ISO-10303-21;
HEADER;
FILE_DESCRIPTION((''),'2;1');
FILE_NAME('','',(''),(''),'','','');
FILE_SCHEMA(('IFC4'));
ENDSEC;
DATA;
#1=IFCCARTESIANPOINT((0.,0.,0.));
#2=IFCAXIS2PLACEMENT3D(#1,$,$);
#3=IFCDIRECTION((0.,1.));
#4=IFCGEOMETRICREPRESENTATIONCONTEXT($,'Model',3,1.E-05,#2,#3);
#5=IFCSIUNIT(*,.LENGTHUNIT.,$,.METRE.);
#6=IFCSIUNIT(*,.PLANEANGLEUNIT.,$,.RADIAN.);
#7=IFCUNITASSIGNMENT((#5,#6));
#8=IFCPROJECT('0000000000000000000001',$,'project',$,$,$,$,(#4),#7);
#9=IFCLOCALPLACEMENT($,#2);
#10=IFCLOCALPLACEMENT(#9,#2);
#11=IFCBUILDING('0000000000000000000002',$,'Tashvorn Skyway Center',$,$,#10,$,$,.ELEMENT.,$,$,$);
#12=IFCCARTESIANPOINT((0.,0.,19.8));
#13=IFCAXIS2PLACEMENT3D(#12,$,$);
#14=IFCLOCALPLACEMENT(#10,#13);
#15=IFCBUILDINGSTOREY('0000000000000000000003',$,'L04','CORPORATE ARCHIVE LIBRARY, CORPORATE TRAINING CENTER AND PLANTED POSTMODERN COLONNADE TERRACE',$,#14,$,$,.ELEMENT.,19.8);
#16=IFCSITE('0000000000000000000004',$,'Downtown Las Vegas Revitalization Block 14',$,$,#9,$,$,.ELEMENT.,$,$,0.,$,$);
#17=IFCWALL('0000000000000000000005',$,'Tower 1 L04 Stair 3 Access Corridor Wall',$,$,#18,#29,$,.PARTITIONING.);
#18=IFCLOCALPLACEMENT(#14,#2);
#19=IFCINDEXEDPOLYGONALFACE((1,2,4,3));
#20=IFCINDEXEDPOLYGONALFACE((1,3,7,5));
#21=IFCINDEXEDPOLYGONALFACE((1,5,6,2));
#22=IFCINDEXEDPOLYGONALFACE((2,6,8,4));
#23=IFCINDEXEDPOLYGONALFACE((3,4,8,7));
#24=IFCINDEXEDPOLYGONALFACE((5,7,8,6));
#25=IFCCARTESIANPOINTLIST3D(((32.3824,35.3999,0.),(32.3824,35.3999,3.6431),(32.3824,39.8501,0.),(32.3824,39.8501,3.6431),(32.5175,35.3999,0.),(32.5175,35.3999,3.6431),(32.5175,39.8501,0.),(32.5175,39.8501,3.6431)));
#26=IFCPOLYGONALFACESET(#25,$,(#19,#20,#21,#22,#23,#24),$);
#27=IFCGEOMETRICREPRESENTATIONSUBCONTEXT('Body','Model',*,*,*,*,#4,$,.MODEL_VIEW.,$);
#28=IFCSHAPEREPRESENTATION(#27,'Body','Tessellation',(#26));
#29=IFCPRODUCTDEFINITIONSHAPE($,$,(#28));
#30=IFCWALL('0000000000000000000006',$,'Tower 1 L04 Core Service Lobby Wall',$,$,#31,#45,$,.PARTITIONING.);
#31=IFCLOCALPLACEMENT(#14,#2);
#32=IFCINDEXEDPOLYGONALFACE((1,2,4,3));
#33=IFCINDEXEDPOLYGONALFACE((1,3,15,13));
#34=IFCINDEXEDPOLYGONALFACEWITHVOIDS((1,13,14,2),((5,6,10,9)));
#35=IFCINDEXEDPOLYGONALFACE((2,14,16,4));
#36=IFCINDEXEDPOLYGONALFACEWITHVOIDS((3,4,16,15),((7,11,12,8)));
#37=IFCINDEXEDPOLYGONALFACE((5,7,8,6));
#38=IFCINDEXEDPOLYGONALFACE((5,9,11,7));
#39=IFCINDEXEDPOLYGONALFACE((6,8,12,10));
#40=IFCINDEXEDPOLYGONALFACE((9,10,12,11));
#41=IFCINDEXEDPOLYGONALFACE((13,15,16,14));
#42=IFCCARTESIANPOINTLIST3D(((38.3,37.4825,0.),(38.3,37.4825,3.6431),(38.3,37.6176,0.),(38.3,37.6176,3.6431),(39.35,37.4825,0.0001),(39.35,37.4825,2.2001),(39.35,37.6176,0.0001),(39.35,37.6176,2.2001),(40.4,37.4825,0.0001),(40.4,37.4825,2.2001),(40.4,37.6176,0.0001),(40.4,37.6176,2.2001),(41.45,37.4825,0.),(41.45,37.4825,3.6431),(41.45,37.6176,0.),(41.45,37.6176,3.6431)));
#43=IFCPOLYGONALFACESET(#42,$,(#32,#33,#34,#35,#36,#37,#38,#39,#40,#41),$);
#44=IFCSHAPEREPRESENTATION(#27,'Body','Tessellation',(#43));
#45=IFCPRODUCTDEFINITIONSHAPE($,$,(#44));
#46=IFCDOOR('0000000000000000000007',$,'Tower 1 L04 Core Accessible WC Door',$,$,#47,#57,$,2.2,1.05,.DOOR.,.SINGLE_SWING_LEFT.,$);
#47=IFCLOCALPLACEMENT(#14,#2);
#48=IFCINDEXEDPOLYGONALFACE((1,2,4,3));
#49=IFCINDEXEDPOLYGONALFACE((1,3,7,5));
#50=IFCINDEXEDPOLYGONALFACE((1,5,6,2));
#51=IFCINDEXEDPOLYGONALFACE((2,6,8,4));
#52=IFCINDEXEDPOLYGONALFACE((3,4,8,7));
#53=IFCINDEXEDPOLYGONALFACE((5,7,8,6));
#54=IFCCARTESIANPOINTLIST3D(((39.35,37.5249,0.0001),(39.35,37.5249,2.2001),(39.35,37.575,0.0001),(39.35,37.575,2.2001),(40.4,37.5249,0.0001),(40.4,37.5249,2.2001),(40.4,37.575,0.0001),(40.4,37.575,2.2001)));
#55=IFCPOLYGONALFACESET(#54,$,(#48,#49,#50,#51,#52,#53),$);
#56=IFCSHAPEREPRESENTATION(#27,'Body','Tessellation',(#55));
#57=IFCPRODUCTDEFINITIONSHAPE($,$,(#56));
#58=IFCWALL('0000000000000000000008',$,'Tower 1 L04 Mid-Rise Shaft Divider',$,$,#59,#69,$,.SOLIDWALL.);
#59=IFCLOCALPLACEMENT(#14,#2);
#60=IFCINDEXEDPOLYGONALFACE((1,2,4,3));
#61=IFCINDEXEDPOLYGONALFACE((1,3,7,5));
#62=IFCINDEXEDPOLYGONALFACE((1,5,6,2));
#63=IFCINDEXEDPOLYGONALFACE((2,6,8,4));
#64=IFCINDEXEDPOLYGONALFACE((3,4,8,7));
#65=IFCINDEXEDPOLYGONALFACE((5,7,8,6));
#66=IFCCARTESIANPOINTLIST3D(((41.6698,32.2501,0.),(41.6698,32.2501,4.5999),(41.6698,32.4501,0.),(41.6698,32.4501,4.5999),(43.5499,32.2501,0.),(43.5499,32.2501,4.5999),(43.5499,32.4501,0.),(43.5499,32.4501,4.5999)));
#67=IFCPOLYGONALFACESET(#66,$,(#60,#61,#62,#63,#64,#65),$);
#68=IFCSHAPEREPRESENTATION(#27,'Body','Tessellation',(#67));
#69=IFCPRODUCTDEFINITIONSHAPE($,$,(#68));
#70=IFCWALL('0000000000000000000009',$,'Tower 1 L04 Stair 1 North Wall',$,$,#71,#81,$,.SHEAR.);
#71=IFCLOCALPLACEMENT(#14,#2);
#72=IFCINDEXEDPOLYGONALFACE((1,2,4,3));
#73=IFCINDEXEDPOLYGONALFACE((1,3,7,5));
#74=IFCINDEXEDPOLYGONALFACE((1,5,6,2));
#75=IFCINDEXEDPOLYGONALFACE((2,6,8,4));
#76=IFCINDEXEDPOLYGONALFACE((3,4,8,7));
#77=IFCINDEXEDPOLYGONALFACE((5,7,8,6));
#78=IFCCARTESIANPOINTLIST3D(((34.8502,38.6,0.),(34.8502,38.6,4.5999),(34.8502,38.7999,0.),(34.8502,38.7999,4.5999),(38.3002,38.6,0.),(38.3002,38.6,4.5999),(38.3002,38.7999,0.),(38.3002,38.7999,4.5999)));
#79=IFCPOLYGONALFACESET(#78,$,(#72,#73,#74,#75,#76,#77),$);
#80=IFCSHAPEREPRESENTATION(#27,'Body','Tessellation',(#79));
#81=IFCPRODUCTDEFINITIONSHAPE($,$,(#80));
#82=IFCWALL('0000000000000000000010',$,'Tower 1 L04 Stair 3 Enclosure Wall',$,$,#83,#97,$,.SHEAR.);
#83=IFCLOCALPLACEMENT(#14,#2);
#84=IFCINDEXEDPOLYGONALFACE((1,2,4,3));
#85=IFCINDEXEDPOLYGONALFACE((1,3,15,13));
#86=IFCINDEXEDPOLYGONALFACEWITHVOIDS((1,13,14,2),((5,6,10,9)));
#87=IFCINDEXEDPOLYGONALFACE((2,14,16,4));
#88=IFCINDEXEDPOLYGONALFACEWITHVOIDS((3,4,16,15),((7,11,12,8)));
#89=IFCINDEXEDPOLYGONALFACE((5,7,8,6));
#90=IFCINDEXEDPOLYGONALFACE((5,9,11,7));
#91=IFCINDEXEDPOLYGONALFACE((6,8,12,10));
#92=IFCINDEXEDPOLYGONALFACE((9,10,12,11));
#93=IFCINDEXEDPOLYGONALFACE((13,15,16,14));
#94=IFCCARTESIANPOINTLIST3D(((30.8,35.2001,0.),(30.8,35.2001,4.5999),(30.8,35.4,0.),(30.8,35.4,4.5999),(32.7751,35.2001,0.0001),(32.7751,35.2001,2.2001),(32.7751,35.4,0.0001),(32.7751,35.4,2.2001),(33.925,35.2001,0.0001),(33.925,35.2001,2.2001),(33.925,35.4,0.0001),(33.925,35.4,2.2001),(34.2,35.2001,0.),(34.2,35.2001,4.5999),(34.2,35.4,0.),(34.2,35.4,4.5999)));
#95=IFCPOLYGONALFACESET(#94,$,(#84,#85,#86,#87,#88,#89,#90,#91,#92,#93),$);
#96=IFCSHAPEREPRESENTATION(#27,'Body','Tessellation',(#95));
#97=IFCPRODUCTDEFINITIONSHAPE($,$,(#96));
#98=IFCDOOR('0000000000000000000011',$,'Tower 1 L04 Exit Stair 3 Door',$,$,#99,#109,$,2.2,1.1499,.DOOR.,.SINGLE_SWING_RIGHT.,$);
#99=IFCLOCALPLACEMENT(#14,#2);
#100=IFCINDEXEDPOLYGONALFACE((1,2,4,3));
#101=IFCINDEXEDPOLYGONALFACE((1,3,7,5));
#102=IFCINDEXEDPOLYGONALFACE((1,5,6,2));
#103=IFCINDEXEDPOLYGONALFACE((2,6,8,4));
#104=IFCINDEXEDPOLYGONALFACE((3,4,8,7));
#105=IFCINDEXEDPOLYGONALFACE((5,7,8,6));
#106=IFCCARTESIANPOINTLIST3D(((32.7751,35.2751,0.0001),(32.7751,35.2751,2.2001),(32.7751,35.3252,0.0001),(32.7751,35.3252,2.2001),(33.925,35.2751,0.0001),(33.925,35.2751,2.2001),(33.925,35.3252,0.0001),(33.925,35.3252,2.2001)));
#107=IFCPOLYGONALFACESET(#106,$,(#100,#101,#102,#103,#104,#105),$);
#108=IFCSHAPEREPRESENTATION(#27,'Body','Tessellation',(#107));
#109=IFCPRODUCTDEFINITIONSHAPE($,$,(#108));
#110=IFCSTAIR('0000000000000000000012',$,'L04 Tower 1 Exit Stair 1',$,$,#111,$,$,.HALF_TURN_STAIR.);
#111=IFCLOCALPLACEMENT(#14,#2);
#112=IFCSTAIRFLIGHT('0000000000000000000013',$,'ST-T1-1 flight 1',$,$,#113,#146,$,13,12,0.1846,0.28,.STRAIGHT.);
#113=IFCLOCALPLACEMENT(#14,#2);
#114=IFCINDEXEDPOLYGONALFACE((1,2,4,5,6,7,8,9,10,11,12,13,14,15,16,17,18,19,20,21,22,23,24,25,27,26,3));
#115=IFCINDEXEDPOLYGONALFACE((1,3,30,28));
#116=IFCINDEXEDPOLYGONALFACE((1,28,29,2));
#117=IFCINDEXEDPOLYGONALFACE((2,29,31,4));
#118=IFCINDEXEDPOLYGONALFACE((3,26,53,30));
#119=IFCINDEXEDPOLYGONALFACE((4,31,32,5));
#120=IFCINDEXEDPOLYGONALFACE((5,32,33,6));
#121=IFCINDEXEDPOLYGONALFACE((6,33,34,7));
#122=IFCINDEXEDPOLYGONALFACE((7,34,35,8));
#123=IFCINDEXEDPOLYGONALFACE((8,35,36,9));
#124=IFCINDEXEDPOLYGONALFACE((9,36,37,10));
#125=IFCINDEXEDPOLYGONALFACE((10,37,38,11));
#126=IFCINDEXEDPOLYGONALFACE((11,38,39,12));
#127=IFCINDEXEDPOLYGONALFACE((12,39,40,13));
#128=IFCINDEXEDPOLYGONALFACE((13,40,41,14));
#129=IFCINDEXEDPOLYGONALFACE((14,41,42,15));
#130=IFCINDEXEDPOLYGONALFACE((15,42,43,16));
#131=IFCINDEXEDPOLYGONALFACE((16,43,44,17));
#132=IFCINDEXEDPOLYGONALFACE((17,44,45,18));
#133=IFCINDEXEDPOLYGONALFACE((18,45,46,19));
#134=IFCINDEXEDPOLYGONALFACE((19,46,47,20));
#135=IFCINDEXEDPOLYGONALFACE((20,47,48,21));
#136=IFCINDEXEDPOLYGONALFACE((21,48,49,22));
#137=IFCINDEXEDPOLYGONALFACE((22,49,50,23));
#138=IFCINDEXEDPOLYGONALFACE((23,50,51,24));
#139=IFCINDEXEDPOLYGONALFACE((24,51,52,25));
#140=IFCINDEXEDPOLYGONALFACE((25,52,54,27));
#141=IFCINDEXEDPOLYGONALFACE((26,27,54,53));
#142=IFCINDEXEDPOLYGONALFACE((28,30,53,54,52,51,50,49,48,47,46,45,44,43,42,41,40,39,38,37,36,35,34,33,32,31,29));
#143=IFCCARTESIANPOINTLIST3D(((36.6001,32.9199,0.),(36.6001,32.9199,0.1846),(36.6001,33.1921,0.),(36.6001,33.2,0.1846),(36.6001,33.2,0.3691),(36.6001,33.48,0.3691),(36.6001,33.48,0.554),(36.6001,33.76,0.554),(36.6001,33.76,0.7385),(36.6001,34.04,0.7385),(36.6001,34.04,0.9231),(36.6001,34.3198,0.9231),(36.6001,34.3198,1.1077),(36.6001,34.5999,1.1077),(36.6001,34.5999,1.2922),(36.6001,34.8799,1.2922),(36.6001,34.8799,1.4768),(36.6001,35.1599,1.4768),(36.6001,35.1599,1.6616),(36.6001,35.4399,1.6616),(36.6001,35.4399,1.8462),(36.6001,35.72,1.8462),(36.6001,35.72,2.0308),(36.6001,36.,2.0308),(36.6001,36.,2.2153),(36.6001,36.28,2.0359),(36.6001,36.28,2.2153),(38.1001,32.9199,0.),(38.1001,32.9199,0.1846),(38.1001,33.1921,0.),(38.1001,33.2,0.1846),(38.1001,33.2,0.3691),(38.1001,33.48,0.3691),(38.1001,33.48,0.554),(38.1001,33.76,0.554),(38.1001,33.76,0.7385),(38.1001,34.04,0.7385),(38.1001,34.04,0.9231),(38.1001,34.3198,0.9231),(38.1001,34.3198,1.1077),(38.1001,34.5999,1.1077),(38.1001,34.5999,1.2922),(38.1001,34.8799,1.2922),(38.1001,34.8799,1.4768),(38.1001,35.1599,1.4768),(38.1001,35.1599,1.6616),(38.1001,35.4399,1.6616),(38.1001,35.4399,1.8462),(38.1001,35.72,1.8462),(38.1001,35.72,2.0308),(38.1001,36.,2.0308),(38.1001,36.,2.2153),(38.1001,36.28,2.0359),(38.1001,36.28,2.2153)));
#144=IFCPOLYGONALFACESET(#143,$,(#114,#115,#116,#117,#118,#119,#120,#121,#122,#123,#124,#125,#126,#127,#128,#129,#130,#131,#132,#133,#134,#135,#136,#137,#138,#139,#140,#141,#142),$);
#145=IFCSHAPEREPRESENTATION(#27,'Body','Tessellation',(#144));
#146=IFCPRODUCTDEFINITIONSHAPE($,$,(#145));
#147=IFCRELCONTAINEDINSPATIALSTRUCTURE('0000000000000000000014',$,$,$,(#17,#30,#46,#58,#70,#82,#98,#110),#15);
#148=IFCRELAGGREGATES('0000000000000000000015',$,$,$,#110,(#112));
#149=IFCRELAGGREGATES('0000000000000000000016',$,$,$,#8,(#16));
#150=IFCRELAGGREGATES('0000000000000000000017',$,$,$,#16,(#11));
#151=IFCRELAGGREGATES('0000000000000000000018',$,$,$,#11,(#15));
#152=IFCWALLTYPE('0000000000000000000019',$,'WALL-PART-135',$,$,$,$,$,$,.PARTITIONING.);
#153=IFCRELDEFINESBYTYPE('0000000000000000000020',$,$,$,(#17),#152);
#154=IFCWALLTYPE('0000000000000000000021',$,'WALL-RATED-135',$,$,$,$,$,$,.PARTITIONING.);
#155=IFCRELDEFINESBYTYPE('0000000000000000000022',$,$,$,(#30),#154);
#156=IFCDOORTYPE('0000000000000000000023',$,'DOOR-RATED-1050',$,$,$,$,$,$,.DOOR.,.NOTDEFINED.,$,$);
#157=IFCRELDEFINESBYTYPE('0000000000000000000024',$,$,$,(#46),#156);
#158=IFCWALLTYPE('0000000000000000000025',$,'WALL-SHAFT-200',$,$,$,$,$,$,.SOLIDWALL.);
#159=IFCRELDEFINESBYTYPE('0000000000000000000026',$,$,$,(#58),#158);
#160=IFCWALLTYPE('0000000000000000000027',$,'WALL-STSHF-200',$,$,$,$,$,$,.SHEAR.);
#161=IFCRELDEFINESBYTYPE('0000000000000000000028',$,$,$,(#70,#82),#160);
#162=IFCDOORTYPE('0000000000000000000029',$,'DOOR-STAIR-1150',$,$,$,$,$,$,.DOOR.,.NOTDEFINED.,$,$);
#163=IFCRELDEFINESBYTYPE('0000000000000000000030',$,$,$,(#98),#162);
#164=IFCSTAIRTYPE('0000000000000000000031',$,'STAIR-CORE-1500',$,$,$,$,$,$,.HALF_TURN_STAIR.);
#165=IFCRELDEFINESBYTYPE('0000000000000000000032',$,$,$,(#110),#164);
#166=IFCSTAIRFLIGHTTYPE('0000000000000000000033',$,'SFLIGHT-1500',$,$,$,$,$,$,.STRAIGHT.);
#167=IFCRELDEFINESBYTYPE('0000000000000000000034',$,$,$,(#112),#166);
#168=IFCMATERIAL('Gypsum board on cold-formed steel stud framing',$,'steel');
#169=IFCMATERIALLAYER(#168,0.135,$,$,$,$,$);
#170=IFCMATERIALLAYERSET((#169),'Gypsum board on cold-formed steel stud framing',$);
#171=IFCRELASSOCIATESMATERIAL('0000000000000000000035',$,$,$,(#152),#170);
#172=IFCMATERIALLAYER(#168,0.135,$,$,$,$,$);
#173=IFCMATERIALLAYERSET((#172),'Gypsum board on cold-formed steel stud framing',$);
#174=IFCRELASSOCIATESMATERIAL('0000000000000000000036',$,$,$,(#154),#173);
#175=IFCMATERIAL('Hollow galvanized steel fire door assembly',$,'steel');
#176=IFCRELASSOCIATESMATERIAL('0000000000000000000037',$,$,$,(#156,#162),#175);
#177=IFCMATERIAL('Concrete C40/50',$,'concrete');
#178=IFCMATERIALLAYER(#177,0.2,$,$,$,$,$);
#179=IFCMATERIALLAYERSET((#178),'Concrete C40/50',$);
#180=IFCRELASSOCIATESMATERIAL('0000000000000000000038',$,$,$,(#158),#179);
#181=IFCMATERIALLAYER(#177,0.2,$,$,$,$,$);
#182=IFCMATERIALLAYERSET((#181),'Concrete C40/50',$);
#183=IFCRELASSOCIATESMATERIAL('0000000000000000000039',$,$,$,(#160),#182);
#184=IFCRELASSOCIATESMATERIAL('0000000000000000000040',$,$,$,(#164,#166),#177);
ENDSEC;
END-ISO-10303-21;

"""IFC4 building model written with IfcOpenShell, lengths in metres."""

from ifc_helpers import new_model, si_unit, direction, frame, frame_2d, origin, place, context, subcontext, project, spatial, polyline, rectangle, outline, extrude, material, layer, layer_set, type_object, element, fill, aggregate, save


model = new_model("IFC4")

# Units and contexts
model_context = context("Model", 3, precision=1e-05, world=origin(), true_north=direction((0.0, 1.0)))
body_context = subcontext(model_context, "Body", "Model", "MODEL_VIEW")
ifc_project = project(units=[si_unit("LENGTHUNIT", "METRE"), si_unit("PLANEANGLEUNIT", "RADIAN")], contexts=[model_context])

# Site, building, storey
site_placement = place(None, origin())
site = spatial("IfcSite", under=ifc_project, at=site_placement, Name="Downtown Las Vegas Revitalization Block 14", CompositionType="ELEMENT", RefElevation=0.0)
building_placement = place(site_placement, origin())
building = spatial("IfcBuilding", under=site, at=building_placement, Name="Tashvorn Skyway Center", CompositionType="ELEMENT")
storey_placement = place(building_placement, frame((0.0, 0.0, 19.8)))
storey = spatial("IfcBuildingStorey", under=building, at=storey_placement, Name="L04", Description="CORPORATE ARCHIVE LIBRARY, CORPORATE TRAINING CENTER AND PLANTED POSTMODERN COLONNADE TERRACE", CompositionType="ELEMENT", Elevation=19.8)

# Shared definitions
ifc_material_1 = material(Name="Hollow galvanized steel fire door assembly", Category="steel")

# Wall
ifc_material_2 = material(Name="Concrete C40/50", Category="concrete")
ifc_material_3 = material(Name="Gypsum board on cold-formed steel stud framing", Category="steel")
ifc_layer_1 = layer(ifc_material_3, 0.135)
ifc_layer_set_1 = layer_set([ifc_layer_1], Name="Gypsum board on cold-formed steel stud framing")
wall_type_1 = type_object("IfcWallType", Name="WALL-PART-135", PredefinedType="PARTITIONING", material=ifc_layer_set_1)
wall_1_placement = place(storey_placement, frame((32.45, 35.3999, 0.0), z_axis=(0.0, 0.0, 1.0), x_axis=(0.0, 1.0, 0.0)))
element("IfcWall", 1, at=wall_1_placement, inside=storey, type_object=wall_type_1, Name="Tower 1 L04 Stair 3 Access Corridor Wall", PredefinedType="PARTITIONING", context=body_context, shape_type="SweptSolid", body=[
    extrude(rectangle(XDim=4.4502, YDim=0.135, at=frame_2d((2.2251, 0.0))), origin(), (0.0, 0.0, 1.0), 3.6431),
])

# Wall, opening, door
ifc_layer_2 = layer(ifc_material_3, 0.135)
ifc_layer_set_2 = layer_set([ifc_layer_2], Name="Gypsum board on cold-formed steel stud framing")
wall_type_2 = type_object("IfcWallType", Name="WALL-RATED-135", PredefinedType="PARTITIONING", material=ifc_layer_set_2)
wall_2_placement = place(storey_placement, frame((38.3, 37.55, 0.0), z_axis=(0.0, 0.0, 1.0), x_axis=(1.0, 0.0, 0.0)))
wall_2 = element("IfcWall", 2, at=wall_2_placement, inside=storey, type_object=wall_type_2, Name="Tower 1 L04 Core Service Lobby Wall", PredefinedType="PARTITIONING", context=body_context, shape_type="SweptSolid", body=[
    extrude(rectangle(XDim=3.1499, YDim=0.135, at=frame_2d((1.575, 0.0))), origin(), (0.0, 0.0, 1.0), 3.6431),
])
opening_1_placement = place(wall_2_placement, frame((1.05, 0.0, 0.0)))
opening_1 = element("IfcOpeningElement", 3, at=opening_1_placement, cuts=wall_2, PredefinedType="OPENING", context=body_context, shape_type="SweptSolid", body=[
    extrude(rectangle(XDim=1.05, YDim=2.2, at=frame_2d((0.5249, 1.1001))), frame((0.0, 0.0774, 0.0), z_axis=(0.0, -1.0, 0.0), x_axis=(1.0, 0.0, 0.0)), (0.0, 0.0, 1.0), 0.155),
])
door_type_1 = type_object("IfcDoorType", Name="DOOR-RATED-1050", OperationType="NOTDEFINED", PredefinedType="DOOR", material=ifc_material_1)
door_1_placement = place(opening_1_placement, origin())
door_1 = element("IfcDoor", 4, at=door_1_placement, inside=storey, type_object=door_type_1, Name="Tower 1 L04 Core Accessible WC Door", OperationType="SINGLE_SWING_LEFT", OverallHeight=2.2, OverallWidth=1.05, PredefinedType="DOOR", context=body_context, shape_type="SweptSolid", body=[
    extrude(rectangle(XDim=1.05, YDim=2.2, at=frame_2d((0.5249, 1.1001))), frame((0.0, 0.0249, 0.0), z_axis=(0.0, -1.0, 0.0), x_axis=(1.0, 0.0, 0.0)), (0.0, 0.0, 1.0), 0.05),
])
fill(opening_1, door_1)

# Walls
ifc_layer_3 = layer(ifc_material_2, 0.2)
ifc_layer_set_3 = layer_set([ifc_layer_3], Name="Concrete C40/50")
wall_type_3 = type_object("IfcWallType", Name="WALL-SHAFT-200", PredefinedType="SOLIDWALL", material=ifc_layer_set_3)
wall_3_placement = place(storey_placement, frame((41.6699, 32.3501, 0.0), z_axis=(0.0, 0.0, 1.0), x_axis=(1.0, 0.0, 0.0)))
element("IfcWall", 5, at=wall_3_placement, inside=storey, type_object=wall_type_3, Name="Tower 1 L04 Mid-Rise Shaft Divider", PredefinedType="SOLIDWALL", context=body_context, shape_type="SweptSolid", body=[
    extrude(rectangle(XDim=1.8801, YDim=0.2, at=frame_2d((0.9399, 0.0))), origin(), (0.0, 0.0, 1.0), 4.5999),
])
ifc_layer_4 = layer(ifc_material_2, 0.2)
ifc_layer_set_4 = layer_set([ifc_layer_4], Name="Concrete C40/50")
wall_type_4 = type_object("IfcWallType", Name="WALL-STSHF-200", PredefinedType="SHEAR", material=ifc_layer_set_4)
wall_4_placement = place(storey_placement, frame((34.8501, 38.7, 0.0), z_axis=(0.0, 0.0, 1.0), x_axis=(1.0, 0.0, 0.0)))
element("IfcWall", 6, at=wall_4_placement, inside=storey, type_object=wall_type_4, Name="Tower 1 L04 Stair 1 North Wall", PredefinedType="SHEAR", context=body_context, shape_type="SweptSolid", body=[
    extrude(rectangle(XDim=3.45, YDim=0.2, at=frame_2d((1.7251, 0.0))), origin(), (0.0, 0.0, 1.0), 4.5999),
])

# Wall, opening, door
wall_5_placement = place(storey_placement, frame((34.2, 35.3, 0.0), z_axis=(0.0, 0.0, 1.0), x_axis=(-1.0, 0.0, 0.0)))
wall_5 = element("IfcWall", 7, at=wall_5_placement, inside=storey, type_object=wall_type_4, Name="Tower 1 L04 Stair 3 Enclosure Wall", PredefinedType="SHEAR", context=body_context, shape_type="SweptSolid", body=[
    extrude(rectangle(XDim=3.3999, YDim=0.2, at=frame_2d((1.7, 0.0))), origin(), (0.0, 0.0, 1.0), 4.5999),
])
opening_2_placement = place(wall_5_placement, frame((0.2749, 0.0, 0.0)))
opening_2 = element("IfcOpeningElement", 8, at=opening_2_placement, cuts=wall_5, PredefinedType="OPENING", context=body_context, shape_type="SweptSolid", body=[
    extrude(rectangle(XDim=1.1499, YDim=2.2, at=frame_2d((0.575, 1.1001))), frame((0.0, 0.1099, 0.0), z_axis=(0.0, -1.0, 0.0), x_axis=(1.0, 0.0, 0.0)), (0.0, 0.0, 1.0), 0.22),
])
door_type_2 = type_object("IfcDoorType", Name="DOOR-STAIR-1150", OperationType="NOTDEFINED", PredefinedType="DOOR", material=ifc_material_1)
door_2_placement = place(opening_2_placement, origin())
door_2 = element("IfcDoor", 9, at=door_2_placement, inside=storey, type_object=door_type_2, Name="Tower 1 L04 Exit Stair 3 Door", OperationType="SINGLE_SWING_RIGHT", OverallHeight=2.2, OverallWidth=1.1499, PredefinedType="DOOR", context=body_context, shape_type="SweptSolid", body=[
    extrude(rectangle(XDim=1.1499, YDim=2.2, at=frame_2d((0.575, 1.1001))), frame((0.0, 0.0249, 0.0), z_axis=(0.0, -1.0, 0.0), x_axis=(1.0, 0.0, 0.0)), (0.0, 0.0, 1.0), 0.05),
])
fill(opening_2, door_2)

# Stair, stair flight
stair_type = type_object("IfcStairType", Name="STAIR-CORE-1500", PredefinedType="HALF_TURN_STAIR", material=ifc_material_2)
stair_1_placement = place(storey_placement, origin())
stair_1 = element("IfcStair", 10, at=stair_1_placement, inside=storey, type_object=stair_type, Name="L04 Tower 1 Exit Stair 1", PredefinedType="HALF_TURN_STAIR")
stair_flight_type = type_object("IfcStairFlightType", Name="SFLIGHT-1500", PredefinedType="STRAIGHT", material=ifc_material_2)
stair_flight_1_placement = place(storey_placement, frame((37.3501, 32.9199, 0.0), z_axis=(0.0, 0.0, 1.0), x_axis=(0.0, 1.0, 0.0)))
stair_flight_1 = element("IfcStairFlight", 11, at=stair_flight_1_placement, type_object=stair_flight_type, Name="ST-T1-1 flight 1", NumberOfRisers=13, NumberOfTreads=12, PredefinedType="STRAIGHT", RiserHeight=0.1846, TreadLength=0.28, context=body_context, shape_type="SweptSolid", body=[
    extrude(outline(polyline([(0.0, 0.0), (0.0, 0.1846), (0.28, 0.1846), (0.28, 0.3691), (0.5601, 0.3691), (0.5601, 0.554), (0.8401, 0.554), (0.8401, 0.7385), (1.1201, 0.7385), (1.1201, 0.9231), (1.3999, 0.9231), (1.3999, 1.1077), (1.6799, 1.1077), (1.6799, 1.2922), (1.96, 1.2922), (1.96, 1.4768), (2.24, 1.4768), (2.24, 1.6616), (2.52, 1.6616), (2.52, 1.8462), (2.8, 1.8462), (2.8, 2.0308), (3.0801, 2.0308), (3.0801, 2.2153), (3.3601, 2.2153), (3.3601, 2.3999), (3.3601, 2.0359), (0.2722, 0.0), (0.0, 0.0)])), frame((0.0, 0.75, 0.0), z_axis=(0.0, -1.0, 0.0), x_axis=(1.0, 0.0, 0.0)), (0.0, 0.0, 1.0), 1.5),
])
aggregate(stair_1, [stair_flight_1])

save(model, "model.ifc")
